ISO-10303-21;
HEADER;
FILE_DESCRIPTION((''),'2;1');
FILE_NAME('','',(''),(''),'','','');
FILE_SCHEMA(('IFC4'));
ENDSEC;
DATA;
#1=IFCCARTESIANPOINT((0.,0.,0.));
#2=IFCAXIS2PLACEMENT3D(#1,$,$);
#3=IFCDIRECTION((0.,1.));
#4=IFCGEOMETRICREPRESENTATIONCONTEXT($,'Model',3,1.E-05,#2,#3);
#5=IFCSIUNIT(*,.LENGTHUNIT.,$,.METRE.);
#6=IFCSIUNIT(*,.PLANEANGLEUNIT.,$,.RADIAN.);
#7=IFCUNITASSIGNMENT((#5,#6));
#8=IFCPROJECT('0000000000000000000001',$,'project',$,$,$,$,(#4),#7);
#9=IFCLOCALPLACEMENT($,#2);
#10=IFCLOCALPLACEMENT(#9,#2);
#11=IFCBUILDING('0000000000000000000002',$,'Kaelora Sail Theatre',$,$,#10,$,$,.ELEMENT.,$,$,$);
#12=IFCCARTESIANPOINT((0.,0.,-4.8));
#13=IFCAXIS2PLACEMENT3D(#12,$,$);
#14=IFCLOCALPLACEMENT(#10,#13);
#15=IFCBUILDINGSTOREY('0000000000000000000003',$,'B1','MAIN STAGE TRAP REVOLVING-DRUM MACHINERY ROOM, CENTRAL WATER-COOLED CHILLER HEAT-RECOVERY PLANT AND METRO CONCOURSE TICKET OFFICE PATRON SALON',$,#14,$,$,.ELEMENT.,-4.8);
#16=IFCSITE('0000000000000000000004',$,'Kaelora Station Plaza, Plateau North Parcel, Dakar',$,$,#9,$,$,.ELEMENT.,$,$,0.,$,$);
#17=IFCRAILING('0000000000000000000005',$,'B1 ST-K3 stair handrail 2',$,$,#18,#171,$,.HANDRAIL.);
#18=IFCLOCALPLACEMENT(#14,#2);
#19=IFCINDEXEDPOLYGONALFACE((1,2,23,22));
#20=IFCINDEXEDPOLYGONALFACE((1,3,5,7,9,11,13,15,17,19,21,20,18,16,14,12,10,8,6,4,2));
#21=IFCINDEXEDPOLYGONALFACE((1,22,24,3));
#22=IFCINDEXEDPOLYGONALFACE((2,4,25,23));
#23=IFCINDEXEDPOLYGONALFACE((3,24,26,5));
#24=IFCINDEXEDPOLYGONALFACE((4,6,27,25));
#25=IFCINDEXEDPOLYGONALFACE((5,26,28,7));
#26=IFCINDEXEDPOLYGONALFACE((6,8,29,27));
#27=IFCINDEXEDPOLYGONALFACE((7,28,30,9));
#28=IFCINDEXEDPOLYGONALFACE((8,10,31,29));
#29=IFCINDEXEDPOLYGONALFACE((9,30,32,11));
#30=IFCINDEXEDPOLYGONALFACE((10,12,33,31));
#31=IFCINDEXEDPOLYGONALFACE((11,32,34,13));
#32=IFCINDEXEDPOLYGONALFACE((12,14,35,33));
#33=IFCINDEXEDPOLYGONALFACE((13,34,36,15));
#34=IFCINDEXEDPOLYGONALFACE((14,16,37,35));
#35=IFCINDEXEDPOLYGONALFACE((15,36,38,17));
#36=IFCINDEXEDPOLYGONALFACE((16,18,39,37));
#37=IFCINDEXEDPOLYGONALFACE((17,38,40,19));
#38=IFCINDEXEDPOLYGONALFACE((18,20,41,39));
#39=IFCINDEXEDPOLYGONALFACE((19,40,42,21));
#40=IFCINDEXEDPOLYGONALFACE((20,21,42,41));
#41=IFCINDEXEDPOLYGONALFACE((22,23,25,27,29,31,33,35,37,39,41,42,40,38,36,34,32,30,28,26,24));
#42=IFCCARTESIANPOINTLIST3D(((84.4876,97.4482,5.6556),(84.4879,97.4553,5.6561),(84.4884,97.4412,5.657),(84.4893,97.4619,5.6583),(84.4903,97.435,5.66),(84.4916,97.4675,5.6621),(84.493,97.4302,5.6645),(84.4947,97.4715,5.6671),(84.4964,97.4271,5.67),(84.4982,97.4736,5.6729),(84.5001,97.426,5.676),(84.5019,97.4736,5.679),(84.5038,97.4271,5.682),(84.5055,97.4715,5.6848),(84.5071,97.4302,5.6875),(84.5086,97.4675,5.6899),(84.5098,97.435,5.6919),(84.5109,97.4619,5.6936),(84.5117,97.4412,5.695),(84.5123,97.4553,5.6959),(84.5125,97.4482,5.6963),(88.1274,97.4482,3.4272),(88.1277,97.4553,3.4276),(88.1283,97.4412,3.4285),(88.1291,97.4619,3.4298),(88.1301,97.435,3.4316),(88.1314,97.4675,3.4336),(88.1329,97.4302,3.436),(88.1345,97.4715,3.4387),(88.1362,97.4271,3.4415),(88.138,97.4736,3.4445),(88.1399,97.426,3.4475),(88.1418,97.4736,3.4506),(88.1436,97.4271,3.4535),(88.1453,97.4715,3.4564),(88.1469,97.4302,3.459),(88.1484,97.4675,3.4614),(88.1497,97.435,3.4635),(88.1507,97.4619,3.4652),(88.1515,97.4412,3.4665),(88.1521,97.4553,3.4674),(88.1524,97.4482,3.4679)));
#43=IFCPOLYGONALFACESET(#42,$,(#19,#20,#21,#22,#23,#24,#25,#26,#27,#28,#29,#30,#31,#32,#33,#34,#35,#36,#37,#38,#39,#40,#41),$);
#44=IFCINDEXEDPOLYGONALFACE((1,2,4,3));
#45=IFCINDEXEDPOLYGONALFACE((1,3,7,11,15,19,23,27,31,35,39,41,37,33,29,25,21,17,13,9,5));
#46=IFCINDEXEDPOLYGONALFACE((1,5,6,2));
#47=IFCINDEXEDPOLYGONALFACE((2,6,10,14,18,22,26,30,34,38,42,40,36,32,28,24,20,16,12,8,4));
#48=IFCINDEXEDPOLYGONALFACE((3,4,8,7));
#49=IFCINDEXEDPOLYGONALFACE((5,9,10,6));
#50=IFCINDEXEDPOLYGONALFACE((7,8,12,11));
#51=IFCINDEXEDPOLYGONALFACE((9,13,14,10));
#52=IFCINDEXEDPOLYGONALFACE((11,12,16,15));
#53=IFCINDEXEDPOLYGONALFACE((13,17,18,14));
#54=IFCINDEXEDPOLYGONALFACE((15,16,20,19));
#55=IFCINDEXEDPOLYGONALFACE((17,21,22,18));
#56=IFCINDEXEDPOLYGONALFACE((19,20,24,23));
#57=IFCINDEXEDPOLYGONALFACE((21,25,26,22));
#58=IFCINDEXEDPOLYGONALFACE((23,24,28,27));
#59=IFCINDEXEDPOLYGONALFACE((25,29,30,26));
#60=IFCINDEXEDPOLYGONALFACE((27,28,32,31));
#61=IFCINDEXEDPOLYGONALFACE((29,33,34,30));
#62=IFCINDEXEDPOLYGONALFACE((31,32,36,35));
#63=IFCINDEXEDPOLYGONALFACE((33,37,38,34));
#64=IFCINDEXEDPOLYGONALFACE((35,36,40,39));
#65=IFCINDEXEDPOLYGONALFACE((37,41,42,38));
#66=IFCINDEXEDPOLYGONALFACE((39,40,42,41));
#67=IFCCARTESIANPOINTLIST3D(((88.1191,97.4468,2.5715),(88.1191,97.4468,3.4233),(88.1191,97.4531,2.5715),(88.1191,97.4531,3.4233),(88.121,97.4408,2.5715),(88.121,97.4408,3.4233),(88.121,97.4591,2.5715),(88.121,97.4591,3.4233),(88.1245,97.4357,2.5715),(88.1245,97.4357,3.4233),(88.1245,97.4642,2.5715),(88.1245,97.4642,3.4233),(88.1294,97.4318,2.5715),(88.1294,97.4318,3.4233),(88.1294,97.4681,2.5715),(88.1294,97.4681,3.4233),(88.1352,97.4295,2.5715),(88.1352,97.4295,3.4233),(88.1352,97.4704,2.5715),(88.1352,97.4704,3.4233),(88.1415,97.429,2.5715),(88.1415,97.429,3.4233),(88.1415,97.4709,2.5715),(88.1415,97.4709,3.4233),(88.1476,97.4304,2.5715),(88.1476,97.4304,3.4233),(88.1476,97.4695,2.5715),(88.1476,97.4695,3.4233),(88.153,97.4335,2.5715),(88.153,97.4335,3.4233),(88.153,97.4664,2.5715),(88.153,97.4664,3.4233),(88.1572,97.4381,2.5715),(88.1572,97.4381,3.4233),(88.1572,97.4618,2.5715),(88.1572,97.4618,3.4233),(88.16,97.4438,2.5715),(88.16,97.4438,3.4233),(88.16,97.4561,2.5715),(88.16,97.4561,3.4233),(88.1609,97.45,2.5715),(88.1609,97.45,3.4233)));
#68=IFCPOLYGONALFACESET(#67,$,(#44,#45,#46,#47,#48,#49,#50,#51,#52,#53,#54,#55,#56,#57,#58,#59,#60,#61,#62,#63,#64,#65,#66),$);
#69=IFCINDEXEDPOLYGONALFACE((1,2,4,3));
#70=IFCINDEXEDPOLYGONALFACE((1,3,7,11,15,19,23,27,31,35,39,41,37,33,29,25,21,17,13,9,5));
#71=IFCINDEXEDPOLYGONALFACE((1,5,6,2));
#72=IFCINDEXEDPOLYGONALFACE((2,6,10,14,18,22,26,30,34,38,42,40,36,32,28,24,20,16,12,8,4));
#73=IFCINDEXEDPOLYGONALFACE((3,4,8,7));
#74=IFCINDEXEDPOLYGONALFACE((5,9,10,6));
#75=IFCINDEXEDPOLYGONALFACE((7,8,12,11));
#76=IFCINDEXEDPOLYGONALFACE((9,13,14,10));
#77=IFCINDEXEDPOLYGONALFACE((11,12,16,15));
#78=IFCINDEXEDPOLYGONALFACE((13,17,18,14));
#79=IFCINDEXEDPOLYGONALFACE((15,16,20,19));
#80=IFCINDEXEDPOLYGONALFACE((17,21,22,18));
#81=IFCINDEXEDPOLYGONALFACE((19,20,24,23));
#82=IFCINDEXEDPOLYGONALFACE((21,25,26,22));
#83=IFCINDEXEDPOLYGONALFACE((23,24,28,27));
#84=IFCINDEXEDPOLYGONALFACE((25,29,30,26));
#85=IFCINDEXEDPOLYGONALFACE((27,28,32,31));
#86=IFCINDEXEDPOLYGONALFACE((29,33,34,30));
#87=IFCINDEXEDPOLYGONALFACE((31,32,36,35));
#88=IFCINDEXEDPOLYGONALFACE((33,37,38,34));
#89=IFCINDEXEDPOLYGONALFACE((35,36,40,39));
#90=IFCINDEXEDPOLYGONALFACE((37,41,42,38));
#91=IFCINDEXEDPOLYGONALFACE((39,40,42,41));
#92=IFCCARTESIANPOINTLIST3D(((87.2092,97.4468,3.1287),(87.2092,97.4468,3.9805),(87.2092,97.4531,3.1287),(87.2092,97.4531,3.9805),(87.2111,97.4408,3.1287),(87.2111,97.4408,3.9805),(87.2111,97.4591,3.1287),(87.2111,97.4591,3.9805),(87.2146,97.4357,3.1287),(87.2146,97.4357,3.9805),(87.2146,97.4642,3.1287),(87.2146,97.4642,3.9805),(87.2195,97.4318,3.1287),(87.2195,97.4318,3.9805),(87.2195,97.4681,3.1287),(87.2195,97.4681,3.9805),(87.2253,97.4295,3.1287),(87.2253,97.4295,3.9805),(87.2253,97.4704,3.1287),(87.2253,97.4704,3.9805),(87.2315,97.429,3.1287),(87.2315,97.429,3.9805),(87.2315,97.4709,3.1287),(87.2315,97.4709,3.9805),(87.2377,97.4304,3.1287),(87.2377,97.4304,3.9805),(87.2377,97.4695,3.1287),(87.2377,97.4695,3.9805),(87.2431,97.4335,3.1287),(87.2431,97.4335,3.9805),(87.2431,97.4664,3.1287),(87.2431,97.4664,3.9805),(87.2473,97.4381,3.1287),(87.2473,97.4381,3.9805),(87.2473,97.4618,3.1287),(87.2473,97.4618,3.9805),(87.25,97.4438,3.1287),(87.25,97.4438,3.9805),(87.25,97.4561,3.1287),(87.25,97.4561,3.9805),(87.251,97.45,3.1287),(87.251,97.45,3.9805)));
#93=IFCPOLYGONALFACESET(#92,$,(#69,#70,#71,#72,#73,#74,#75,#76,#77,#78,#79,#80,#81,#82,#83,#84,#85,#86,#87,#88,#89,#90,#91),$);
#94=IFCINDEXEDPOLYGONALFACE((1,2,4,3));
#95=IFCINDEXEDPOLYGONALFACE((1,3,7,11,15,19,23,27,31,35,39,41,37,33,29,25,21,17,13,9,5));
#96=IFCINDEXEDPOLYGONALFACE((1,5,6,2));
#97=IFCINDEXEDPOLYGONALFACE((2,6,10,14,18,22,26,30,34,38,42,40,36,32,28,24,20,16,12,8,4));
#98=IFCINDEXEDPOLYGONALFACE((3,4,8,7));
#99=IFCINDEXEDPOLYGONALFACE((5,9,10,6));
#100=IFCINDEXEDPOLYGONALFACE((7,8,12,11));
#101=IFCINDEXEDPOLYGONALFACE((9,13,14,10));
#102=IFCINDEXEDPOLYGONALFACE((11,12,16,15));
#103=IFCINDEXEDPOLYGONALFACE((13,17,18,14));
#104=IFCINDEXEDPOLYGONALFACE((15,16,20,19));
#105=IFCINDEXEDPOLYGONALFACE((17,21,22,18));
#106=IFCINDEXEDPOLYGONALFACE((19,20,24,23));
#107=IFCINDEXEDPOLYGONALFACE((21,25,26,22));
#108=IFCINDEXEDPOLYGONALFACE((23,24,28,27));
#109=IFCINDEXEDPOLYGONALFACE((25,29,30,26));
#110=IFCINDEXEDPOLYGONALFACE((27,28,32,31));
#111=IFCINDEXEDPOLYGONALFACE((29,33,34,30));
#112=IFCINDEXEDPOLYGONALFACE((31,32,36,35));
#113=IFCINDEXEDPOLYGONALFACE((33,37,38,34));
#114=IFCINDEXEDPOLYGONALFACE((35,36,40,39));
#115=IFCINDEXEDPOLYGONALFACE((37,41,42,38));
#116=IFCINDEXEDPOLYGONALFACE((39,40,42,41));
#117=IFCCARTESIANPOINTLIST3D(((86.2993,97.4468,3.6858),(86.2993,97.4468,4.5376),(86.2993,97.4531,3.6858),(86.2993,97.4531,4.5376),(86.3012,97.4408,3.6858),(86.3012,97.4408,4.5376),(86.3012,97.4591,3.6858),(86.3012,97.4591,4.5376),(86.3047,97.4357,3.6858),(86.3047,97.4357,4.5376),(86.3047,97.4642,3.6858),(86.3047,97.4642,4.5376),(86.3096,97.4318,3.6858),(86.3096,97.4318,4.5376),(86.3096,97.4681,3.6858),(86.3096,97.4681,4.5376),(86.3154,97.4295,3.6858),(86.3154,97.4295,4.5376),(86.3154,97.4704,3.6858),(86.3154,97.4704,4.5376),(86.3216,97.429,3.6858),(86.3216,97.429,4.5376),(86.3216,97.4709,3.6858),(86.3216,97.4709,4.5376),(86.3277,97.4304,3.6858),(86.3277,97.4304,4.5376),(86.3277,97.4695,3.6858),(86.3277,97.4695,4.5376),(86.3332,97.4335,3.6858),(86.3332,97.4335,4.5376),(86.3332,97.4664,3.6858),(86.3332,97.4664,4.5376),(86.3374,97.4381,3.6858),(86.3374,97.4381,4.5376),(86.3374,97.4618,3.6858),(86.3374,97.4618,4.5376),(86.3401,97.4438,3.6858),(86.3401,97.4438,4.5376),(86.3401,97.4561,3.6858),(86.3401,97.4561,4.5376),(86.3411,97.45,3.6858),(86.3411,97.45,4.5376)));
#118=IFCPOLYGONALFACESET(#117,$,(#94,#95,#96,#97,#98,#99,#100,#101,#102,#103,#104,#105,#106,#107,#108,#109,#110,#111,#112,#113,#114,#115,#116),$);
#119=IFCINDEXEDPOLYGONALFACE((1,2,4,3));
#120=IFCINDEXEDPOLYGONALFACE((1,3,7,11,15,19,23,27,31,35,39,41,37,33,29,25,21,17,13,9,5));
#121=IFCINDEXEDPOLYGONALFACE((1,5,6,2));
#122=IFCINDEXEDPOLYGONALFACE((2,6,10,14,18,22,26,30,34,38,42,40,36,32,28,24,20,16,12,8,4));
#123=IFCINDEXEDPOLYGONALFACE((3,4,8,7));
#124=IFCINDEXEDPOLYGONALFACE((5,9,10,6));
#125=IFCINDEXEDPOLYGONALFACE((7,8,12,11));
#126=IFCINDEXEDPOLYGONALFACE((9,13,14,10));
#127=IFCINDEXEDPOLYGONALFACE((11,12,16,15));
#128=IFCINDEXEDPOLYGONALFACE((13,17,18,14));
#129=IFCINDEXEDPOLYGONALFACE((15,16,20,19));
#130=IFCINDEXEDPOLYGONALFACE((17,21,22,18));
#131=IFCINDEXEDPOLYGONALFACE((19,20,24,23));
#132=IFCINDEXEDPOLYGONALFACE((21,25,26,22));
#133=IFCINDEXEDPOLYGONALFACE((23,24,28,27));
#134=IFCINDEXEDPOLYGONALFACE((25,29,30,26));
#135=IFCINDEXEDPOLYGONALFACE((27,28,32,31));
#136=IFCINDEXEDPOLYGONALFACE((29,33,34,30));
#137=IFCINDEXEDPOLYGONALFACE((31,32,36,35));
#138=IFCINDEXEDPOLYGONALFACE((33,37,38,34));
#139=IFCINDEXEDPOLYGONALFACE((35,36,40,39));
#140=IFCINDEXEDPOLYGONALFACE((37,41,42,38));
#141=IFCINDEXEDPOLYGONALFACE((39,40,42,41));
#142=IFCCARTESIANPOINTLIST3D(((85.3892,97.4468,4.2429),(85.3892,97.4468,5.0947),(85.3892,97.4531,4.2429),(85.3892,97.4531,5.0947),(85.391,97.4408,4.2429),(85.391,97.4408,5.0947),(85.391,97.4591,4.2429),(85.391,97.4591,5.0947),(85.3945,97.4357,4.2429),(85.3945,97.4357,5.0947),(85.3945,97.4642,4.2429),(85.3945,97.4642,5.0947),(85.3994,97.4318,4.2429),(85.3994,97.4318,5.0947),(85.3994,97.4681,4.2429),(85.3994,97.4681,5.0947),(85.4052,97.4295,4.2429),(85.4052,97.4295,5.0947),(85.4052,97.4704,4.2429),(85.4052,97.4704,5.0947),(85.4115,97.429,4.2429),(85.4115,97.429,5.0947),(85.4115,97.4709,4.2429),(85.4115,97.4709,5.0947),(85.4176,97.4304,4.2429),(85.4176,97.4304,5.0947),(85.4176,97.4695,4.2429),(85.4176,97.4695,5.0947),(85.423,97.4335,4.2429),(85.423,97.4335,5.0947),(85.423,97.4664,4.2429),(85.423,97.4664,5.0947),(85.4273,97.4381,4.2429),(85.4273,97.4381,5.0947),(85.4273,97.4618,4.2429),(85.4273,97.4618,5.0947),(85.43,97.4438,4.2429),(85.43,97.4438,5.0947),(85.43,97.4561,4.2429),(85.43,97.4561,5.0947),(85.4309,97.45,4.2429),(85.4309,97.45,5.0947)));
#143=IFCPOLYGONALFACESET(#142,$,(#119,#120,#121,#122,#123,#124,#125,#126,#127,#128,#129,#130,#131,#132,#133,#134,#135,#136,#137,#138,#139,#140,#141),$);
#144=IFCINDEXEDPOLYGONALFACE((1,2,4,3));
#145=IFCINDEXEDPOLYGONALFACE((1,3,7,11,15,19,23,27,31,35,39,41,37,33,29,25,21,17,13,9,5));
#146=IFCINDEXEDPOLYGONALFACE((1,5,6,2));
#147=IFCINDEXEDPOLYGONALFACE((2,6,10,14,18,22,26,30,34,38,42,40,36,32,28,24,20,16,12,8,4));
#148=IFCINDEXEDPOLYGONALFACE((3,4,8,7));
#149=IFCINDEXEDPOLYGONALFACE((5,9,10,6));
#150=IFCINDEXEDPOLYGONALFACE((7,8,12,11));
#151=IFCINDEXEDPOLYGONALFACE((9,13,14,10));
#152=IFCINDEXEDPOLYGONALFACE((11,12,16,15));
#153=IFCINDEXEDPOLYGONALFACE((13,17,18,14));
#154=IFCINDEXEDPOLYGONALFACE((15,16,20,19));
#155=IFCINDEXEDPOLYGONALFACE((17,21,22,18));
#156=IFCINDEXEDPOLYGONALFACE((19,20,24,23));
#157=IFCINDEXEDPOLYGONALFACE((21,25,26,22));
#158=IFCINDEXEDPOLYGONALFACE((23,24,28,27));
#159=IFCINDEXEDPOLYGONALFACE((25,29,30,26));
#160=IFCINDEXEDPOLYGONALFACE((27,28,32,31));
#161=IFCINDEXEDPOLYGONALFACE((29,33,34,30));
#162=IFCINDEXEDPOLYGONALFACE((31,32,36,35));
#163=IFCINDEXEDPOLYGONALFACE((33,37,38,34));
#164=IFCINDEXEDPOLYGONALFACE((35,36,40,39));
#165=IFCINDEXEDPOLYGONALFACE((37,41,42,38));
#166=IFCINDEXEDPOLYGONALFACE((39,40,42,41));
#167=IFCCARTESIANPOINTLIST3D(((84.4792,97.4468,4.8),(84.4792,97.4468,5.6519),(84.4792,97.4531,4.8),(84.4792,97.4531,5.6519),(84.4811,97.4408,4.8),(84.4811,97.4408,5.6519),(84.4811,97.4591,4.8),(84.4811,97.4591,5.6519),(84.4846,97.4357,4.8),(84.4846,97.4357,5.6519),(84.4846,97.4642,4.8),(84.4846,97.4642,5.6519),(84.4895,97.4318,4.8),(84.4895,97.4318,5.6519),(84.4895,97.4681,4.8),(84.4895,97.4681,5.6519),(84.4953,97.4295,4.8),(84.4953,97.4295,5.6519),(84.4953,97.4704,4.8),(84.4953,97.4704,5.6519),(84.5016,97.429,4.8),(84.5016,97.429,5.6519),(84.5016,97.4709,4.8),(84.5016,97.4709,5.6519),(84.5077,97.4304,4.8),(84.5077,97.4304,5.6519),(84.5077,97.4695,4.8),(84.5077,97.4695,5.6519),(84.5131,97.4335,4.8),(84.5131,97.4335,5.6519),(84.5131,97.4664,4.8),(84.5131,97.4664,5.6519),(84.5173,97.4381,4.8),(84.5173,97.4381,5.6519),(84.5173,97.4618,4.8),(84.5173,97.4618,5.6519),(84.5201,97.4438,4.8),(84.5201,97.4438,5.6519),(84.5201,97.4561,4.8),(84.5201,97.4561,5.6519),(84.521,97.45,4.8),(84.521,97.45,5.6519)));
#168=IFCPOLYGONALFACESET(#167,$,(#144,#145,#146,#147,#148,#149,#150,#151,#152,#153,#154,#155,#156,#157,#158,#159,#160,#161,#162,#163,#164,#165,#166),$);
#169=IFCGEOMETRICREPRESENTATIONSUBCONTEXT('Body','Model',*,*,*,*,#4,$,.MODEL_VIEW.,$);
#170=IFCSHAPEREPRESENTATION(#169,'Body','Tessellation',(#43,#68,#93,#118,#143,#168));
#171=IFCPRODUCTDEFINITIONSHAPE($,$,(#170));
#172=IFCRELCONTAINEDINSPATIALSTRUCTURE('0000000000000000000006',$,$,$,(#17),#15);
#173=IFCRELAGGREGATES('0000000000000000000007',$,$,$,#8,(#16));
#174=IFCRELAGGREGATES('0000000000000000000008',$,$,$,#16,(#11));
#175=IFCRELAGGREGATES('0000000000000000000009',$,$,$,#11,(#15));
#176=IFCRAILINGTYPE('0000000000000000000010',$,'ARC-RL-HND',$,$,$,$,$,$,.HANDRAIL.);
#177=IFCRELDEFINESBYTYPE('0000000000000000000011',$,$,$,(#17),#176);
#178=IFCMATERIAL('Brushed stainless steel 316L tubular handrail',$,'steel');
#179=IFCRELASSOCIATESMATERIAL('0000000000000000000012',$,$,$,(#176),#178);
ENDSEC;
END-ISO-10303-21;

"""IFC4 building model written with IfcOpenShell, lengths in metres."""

from ifc_helpers import new_model, si_unit, direction, frame, origin, origin_2d, place, context, subcontext, project, spatial, circle, extrude, material, type_object, element, save


model = new_model("IFC4")

# Units and contexts
model_context = context("Model", 3, precision=1e-05, world=origin(), true_north=direction((0.0, 1.0)))
body_context = subcontext(model_context, "Body", "Model", "MODEL_VIEW")
ifc_project = project(units=[si_unit("LENGTHUNIT", "METRE"), si_unit("PLANEANGLEUNIT", "RADIAN")], contexts=[model_context])

# Site, building, storey
site_placement = place(None, origin())
site = spatial("IfcSite", under=ifc_project, at=site_placement, Name="Kaelora Station Plaza, Plateau North Parcel, Dakar", CompositionType="ELEMENT", RefElevation=0.0)
building_placement = place(site_placement, origin())
building = spatial("IfcBuilding", under=site, at=building_placement, Name="Kaelora Sail Theatre", CompositionType="ELEMENT")
storey_placement = place(building_placement, frame((0.0, 0.0, -4.8)))
storey = spatial("IfcBuildingStorey", under=building, at=storey_placement, Name="B1", Description="MAIN STAGE TRAP REVOLVING-DRUM MACHINERY ROOM, CENTRAL WATER-COOLED CHILLER HEAT-RECOVERY PLANT AND METRO CONCOURSE TICKET OFFICE PATRON SALON", CompositionType="ELEMENT", Elevation=-4.8)

# Railing
ifc_material_1 = material(Name="Brushed stainless steel 316L tubular handrail", Category="steel")
railing_type_1 = type_object("IfcRailingType", Name="ARC-RL-HND", PredefinedType="HANDRAIL", material=ifc_material_1)
railing_1_placement = place(storey_placement, frame((88.1399, 97.45, 2.5715)))
element("IfcRailing", 1, at=railing_1_placement, inside=storey, type_object=railing_type_1, Name="B1 ST-K3 stair handrail 2", PredefinedType="HANDRAIL", context=body_context, shape_type="SweptSolid", body=[
    extrude(circle(Radius=0.0239, at=origin_2d()), frame((0.0, 0.0, 0.876), z_axis=(-0.85285, 0.0, 0.522156), x_axis=(0.0, -1.0, 0.0)), (0.0, 0.0, 1.0), 4.2678),
    extrude(circle(Radius=0.021, at=origin_2d()), origin(), (0.0, 0.0, 1.0), 0.8518),
    extrude(circle(Radius=0.021, at=origin_2d()), frame((-0.9099, 0.0, 0.5571)), (0.0, 0.0, 1.0), 0.8518),
    extrude(circle(Radius=0.021, at=origin_2d()), frame((-1.8198, 0.0, 1.1143)), (0.0, 0.0, 1.0), 0.8518),
    extrude(circle(Radius=0.021, at=origin_2d()), frame((-2.73, 0.0, 1.6714)), (0.0, 0.0, 1.0), 0.8518),
    extrude(circle(Radius=0.021, at=origin_2d()), frame((-3.6399, 0.0, 2.2285)), (0.0, 0.0, 1.0), 0.8518),
])

save(model, "model.ifc")
